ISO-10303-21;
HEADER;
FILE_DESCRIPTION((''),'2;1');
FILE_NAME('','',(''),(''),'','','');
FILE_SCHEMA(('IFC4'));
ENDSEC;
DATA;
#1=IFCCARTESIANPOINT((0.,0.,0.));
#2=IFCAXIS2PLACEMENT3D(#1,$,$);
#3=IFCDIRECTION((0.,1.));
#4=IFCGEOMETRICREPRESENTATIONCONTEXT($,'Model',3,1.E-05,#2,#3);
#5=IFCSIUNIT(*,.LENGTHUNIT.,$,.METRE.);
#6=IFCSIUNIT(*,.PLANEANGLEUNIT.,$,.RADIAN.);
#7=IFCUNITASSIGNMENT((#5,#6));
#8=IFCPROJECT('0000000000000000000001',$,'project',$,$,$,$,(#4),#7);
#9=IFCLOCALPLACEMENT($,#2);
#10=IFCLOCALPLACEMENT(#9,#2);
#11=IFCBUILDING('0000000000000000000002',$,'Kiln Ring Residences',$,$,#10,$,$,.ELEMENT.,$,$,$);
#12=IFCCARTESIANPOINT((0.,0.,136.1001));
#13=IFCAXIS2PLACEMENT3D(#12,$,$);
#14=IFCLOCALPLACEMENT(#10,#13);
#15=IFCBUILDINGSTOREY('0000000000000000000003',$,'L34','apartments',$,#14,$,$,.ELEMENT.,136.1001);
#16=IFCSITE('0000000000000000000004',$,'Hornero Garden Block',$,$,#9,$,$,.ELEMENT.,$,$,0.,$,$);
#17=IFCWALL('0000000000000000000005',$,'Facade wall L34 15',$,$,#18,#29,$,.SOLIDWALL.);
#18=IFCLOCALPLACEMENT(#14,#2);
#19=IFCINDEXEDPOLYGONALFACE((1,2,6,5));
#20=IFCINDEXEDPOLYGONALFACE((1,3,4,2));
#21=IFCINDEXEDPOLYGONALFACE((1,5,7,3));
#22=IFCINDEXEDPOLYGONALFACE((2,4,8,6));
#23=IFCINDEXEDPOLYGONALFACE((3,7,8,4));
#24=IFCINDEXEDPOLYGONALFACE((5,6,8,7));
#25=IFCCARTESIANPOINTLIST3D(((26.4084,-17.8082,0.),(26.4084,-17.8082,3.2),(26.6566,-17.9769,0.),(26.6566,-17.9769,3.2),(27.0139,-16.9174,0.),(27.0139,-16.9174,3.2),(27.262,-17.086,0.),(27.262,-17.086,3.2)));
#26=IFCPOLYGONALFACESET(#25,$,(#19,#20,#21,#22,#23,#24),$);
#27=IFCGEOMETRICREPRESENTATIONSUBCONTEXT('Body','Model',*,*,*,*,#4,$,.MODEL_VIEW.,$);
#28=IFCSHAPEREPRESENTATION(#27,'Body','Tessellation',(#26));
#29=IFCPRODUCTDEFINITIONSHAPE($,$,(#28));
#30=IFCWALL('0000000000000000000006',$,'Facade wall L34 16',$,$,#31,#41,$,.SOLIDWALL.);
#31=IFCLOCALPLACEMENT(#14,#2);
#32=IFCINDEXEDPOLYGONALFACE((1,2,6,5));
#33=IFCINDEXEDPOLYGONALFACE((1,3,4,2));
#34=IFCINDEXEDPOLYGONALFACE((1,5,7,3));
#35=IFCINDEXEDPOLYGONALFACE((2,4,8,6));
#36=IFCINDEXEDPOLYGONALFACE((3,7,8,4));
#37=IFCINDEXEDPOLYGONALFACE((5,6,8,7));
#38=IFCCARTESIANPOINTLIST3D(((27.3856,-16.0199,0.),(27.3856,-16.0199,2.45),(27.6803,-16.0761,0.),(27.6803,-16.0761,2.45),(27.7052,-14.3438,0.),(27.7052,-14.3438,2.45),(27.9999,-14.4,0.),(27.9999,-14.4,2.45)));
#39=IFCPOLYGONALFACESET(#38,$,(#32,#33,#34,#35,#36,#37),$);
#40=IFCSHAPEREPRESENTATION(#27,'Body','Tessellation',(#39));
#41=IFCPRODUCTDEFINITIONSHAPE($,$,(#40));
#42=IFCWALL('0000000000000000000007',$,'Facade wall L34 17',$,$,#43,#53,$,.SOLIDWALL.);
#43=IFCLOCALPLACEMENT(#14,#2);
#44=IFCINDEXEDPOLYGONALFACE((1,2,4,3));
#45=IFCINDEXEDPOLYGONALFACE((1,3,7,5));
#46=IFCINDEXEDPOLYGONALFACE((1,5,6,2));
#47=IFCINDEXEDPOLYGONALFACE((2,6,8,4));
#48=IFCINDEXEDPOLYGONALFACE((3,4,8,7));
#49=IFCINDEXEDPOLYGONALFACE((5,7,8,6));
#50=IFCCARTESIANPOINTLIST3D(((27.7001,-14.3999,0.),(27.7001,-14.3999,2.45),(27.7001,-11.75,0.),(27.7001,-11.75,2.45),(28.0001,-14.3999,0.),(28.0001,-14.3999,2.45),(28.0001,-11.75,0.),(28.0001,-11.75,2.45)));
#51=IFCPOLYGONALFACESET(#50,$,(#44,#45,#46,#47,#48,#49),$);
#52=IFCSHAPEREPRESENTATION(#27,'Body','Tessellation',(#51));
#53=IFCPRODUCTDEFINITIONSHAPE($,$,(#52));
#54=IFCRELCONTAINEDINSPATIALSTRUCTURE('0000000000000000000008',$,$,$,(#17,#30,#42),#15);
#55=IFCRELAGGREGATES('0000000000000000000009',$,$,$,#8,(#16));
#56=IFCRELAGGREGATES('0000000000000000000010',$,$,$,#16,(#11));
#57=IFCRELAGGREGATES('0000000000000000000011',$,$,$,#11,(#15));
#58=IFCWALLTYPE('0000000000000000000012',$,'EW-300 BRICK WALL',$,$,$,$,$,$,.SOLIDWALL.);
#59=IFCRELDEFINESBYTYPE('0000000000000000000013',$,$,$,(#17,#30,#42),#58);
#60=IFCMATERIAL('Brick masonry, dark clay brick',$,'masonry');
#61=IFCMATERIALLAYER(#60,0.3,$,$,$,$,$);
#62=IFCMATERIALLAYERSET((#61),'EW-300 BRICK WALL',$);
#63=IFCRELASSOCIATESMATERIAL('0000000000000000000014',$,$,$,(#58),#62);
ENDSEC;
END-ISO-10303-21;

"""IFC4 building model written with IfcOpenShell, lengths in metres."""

from ifc_helpers import new_model, si_unit, direction, frame, frame_2d, origin, place, context, subcontext, project, spatial, rectangle, extrude, material, layer, layer_set, type_object, element, save


model = new_model("IFC4")

# Units and contexts
model_context = context("Model", 3, precision=1e-05, world=origin(), true_north=direction((0.0, 1.0)))
body_context = subcontext(model_context, "Body", "Model", "MODEL_VIEW")
ifc_project = project(units=[si_unit("LENGTHUNIT", "METRE"), si_unit("PLANEANGLEUNIT", "RADIAN")], contexts=[model_context])

# Site, building, storey
site_placement = place(None, origin())
site = spatial("IfcSite", under=ifc_project, at=site_placement, Name="Hornero Garden Block", CompositionType="ELEMENT", RefElevation=0.0)
building_placement = place(site_placement, origin())
building = spatial("IfcBuilding", under=site, at=building_placement, Name="Kiln Ring Residences", CompositionType="ELEMENT")
storey_placement = place(building_placement, frame((0.0, 0.0, 136.1001)))
storey = spatial("IfcBuildingStorey", under=building, at=storey_placement, Name="L34", Description="apartments", CompositionType="ELEMENT", Elevation=136.1001)

# Shared definitions
ifc_material_1 = material(Name="Brick masonry, dark clay brick", Category="masonry")
ifc_layer_1 = layer(ifc_material_1, 0.3)
ifc_layer_set_1 = layer_set([ifc_layer_1], Name="EW-300 BRICK WALL")
wall_type_1 = type_object("IfcWallType", Name="EW-300 BRICK WALL", PredefinedType="SOLIDWALL", material=ifc_layer_set_1)

# Walls
wall_1_placement = place(storey_placement, frame((26.5325, -17.8926, 0.0), z_axis=(0.0, 0.0, 1.0), x_axis=(0.562105, 0.827066, 0.0)))
element("IfcWall", 1, at=wall_1_placement, inside=storey, type_object=wall_type_1, Name="Facade wall L34 15", PredefinedType="SOLIDWALL", context=body_context, shape_type="SweptSolid", body=[
    extrude(rectangle(XDim=1.0771, YDim=0.3, at=frame_2d((0.5386, 0.0))), origin(), (0.0, 0.0, 1.0), 3.2),
])
wall_2_placement = place(storey_placement, frame((27.533, -16.0479, 0.0), z_axis=(0.0, 0.0, 1.0), x_axis=(0.187303, 0.982302, 0.0)))
element("IfcWall", 2, at=wall_2_placement, inside=storey, type_object=wall_type_1, Name="Facade wall L34 16", PredefinedType="SOLIDWALL", context=body_context, shape_type="SweptSolid", body=[
    extrude(rectangle(XDim=1.7063, YDim=0.3, at=frame_2d((0.853, 0.0))), origin(), (0.0, 0.0, 1.0), 2.45),
])
wall_3_placement = place(storey_placement, frame((27.8501, -14.3999, 0.0), z_axis=(0.0, 0.0, 1.0), x_axis=(0.0, 1.0, 0.0)))
element("IfcWall", 3, at=wall_3_placement, inside=storey, type_object=wall_type_1, Name="Facade wall L34 17", PredefinedType="SOLIDWALL", context=body_context, shape_type="SweptSolid", body=[
    extrude(rectangle(XDim=2.6499, YDim=0.3, at=frame_2d((1.325, 0.0))), origin(), (0.0, 0.0, 1.0), 2.45),
])

save(model, "model.ifc")
